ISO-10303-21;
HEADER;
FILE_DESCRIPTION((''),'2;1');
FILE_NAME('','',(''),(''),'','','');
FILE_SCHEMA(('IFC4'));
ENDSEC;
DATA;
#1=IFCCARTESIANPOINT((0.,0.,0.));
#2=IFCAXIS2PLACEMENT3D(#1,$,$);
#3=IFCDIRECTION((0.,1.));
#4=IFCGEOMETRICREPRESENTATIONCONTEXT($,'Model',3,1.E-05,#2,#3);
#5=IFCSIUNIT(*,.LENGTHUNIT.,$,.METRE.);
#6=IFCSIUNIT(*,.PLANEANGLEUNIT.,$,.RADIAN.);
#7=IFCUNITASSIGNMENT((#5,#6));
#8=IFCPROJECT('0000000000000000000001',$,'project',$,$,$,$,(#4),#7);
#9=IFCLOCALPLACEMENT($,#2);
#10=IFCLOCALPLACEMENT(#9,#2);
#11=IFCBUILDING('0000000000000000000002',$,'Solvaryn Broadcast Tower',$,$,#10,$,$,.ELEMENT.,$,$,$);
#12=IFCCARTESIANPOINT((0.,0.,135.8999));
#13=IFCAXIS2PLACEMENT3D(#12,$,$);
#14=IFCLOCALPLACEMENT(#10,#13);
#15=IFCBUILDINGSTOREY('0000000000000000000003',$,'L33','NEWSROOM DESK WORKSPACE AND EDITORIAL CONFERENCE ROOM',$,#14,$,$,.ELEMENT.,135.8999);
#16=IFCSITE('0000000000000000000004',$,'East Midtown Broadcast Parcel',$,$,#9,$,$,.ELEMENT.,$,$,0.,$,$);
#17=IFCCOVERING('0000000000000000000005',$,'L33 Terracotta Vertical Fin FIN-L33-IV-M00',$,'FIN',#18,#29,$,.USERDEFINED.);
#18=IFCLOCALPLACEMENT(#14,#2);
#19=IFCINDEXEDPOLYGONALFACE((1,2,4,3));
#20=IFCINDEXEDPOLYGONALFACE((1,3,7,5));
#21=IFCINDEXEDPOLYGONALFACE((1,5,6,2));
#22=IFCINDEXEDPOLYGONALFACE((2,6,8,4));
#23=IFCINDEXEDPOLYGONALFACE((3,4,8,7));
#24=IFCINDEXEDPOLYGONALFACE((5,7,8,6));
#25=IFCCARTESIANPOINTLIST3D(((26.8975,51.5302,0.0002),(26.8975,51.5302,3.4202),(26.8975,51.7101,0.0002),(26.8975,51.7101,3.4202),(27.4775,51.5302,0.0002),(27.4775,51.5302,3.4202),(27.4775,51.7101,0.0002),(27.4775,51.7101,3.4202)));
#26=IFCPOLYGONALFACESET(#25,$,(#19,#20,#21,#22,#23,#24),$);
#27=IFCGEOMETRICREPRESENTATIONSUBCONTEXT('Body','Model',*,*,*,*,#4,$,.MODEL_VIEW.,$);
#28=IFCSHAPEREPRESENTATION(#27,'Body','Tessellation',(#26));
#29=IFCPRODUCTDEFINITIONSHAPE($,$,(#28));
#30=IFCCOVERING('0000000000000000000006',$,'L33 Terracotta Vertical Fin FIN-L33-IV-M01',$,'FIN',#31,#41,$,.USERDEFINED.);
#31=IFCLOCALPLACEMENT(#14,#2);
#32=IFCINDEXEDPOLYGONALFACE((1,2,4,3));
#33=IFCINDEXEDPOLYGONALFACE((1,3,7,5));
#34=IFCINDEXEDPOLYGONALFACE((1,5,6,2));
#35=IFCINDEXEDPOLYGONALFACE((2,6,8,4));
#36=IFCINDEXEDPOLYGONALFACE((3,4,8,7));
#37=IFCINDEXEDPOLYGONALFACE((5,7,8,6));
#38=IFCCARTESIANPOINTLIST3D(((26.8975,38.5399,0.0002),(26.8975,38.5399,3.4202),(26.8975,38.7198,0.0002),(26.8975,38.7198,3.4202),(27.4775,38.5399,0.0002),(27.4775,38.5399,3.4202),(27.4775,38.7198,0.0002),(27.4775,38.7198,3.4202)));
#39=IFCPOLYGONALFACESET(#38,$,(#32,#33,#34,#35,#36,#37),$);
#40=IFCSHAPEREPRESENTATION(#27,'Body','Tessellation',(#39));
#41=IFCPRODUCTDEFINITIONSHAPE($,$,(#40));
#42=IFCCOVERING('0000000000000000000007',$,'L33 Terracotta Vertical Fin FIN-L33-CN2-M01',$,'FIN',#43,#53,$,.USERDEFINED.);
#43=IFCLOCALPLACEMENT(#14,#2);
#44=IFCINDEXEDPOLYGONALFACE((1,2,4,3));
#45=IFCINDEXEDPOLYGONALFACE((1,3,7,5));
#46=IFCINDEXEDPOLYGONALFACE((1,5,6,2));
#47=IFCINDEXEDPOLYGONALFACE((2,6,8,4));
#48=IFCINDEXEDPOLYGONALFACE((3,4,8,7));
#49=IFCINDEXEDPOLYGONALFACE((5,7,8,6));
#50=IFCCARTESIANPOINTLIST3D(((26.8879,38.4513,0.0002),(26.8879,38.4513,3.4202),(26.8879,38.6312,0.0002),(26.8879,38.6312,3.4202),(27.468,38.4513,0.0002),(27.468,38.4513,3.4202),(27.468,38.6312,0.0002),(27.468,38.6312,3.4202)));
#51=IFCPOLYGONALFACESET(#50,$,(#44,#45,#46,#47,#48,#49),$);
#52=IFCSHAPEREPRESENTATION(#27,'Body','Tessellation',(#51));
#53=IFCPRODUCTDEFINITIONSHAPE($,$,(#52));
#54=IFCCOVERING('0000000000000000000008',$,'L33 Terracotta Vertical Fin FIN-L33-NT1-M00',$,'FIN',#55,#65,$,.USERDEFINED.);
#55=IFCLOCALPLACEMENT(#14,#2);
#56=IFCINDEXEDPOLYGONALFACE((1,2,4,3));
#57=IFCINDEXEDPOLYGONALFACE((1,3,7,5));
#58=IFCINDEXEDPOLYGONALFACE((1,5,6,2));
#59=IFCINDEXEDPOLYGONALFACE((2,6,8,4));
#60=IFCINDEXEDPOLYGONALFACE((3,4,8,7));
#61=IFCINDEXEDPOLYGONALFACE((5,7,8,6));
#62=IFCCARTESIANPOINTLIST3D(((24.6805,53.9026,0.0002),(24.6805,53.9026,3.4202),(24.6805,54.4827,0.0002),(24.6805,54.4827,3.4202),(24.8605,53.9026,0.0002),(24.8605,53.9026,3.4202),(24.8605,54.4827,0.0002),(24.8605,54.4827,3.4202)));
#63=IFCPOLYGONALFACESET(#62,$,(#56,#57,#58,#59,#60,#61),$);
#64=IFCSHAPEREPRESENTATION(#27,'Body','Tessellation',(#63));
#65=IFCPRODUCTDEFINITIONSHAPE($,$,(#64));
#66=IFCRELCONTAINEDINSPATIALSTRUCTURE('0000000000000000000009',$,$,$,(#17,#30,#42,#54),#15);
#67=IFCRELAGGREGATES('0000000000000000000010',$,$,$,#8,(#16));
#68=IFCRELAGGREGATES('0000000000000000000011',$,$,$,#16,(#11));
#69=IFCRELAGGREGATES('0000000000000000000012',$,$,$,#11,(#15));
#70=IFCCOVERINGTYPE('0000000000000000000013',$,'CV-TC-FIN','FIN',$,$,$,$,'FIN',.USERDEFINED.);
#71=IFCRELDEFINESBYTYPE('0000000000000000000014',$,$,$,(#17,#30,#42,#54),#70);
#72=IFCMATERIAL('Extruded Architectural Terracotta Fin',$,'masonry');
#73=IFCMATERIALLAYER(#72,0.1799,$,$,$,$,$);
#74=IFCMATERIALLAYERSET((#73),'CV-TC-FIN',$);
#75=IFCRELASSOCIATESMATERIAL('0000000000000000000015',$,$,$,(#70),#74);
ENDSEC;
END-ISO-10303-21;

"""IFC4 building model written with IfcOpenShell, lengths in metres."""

from ifc_helpers import new_model, si_unit, direction, frame, origin, origin_2d, place, context, subcontext, project, spatial, rectangle, extrude, material, layer, layer_set, type_object, element, save


model = new_model("IFC4")

# Units and contexts
model_context = context("Model", 3, precision=1e-05, world=origin(), true_north=direction((0.0, 1.0)))
body_context = subcontext(model_context, "Body", "Model", "MODEL_VIEW")
ifc_project = project(units=[si_unit("LENGTHUNIT", "METRE"), si_unit("PLANEANGLEUNIT", "RADIAN")], contexts=[model_context])

# Site, building, storey
site_placement = place(None, origin())
site = spatial("IfcSite", under=ifc_project, at=site_placement, Name="East Midtown Broadcast Parcel", CompositionType="ELEMENT", RefElevation=0.0)
building_placement = place(site_placement, origin())
building = spatial("IfcBuilding", under=site, at=building_placement, Name="Solvaryn Broadcast Tower", CompositionType="ELEMENT")
storey_placement = place(building_placement, frame((0.0, 0.0, 135.8999)))
storey = spatial("IfcBuildingStorey", under=building, at=storey_placement, Name="L33", Description="NEWSROOM DESK WORKSPACE AND EDITORIAL CONFERENCE ROOM", CompositionType="ELEMENT", Elevation=135.8999)

# Coverings
ifc_material_1 = material(Name="Extruded Architectural Terracotta Fin", Category="masonry")
ifc_layer_1 = layer(ifc_material_1, 0.1799)
ifc_layer_set_1 = layer_set([ifc_layer_1], Name="CV-TC-FIN")
covering_type = type_object("IfcCoveringType", Name="CV-TC-FIN", Description="FIN", ElementType="FIN", PredefinedType="USERDEFINED", material=ifc_layer_set_1)
for number, where, z_axis, x_axis, name in (
    (1, (27.1875, 51.6201, 0.0002), (0.0, 0.0, 1.0), (1.0, 0.0, 0.0), "L33 Terracotta Vertical Fin FIN-L33-IV-M00"),
    (2, (27.1875, 38.6299, 0.0002), (0.0, 0.0, 1.0), (1.0, 0.0, 0.0), "L33 Terracotta Vertical Fin FIN-L33-IV-M01"),
    (3, (27.178, 38.5413, 0.0002), (0.0, 0.0, 1.0), (1.0, 0.0, 0.0), "L33 Terracotta Vertical Fin FIN-L33-CN2-M01"),
):
    element("IfcCovering", number, at=place(storey_placement, frame(where, z_axis=z_axis, x_axis=x_axis)), inside=storey, type_object=covering_type, Name=name, ObjectType="FIN", PredefinedType="USERDEFINED", context=body_context, shape_type="SweptSolid", body=[
        extrude(rectangle(XDim=0.5801, YDim=0.1799, at=origin_2d()), origin(), (0.0, 0.0, 1.0), 3.4199),
    ])
covering_placement = place(storey_placement, frame((24.7705, 54.1926, 0.0002), z_axis=(0.0, 0.0, 1.0), x_axis=(1.0, 0.0, 0.0)))
element("IfcCovering", 4, at=covering_placement, inside=storey, type_object=covering_type, Name="L33 Terracotta Vertical Fin FIN-L33-NT1-M00", ObjectType="FIN", PredefinedType="USERDEFINED", context=body_context, shape_type="SweptSolid", body=[
    extrude(rectangle(XDim=0.1799, YDim=0.5801, at=origin_2d()), origin(), (0.0, 0.0, 1.0), 3.4199),
])

save(model, "model.ifc")
